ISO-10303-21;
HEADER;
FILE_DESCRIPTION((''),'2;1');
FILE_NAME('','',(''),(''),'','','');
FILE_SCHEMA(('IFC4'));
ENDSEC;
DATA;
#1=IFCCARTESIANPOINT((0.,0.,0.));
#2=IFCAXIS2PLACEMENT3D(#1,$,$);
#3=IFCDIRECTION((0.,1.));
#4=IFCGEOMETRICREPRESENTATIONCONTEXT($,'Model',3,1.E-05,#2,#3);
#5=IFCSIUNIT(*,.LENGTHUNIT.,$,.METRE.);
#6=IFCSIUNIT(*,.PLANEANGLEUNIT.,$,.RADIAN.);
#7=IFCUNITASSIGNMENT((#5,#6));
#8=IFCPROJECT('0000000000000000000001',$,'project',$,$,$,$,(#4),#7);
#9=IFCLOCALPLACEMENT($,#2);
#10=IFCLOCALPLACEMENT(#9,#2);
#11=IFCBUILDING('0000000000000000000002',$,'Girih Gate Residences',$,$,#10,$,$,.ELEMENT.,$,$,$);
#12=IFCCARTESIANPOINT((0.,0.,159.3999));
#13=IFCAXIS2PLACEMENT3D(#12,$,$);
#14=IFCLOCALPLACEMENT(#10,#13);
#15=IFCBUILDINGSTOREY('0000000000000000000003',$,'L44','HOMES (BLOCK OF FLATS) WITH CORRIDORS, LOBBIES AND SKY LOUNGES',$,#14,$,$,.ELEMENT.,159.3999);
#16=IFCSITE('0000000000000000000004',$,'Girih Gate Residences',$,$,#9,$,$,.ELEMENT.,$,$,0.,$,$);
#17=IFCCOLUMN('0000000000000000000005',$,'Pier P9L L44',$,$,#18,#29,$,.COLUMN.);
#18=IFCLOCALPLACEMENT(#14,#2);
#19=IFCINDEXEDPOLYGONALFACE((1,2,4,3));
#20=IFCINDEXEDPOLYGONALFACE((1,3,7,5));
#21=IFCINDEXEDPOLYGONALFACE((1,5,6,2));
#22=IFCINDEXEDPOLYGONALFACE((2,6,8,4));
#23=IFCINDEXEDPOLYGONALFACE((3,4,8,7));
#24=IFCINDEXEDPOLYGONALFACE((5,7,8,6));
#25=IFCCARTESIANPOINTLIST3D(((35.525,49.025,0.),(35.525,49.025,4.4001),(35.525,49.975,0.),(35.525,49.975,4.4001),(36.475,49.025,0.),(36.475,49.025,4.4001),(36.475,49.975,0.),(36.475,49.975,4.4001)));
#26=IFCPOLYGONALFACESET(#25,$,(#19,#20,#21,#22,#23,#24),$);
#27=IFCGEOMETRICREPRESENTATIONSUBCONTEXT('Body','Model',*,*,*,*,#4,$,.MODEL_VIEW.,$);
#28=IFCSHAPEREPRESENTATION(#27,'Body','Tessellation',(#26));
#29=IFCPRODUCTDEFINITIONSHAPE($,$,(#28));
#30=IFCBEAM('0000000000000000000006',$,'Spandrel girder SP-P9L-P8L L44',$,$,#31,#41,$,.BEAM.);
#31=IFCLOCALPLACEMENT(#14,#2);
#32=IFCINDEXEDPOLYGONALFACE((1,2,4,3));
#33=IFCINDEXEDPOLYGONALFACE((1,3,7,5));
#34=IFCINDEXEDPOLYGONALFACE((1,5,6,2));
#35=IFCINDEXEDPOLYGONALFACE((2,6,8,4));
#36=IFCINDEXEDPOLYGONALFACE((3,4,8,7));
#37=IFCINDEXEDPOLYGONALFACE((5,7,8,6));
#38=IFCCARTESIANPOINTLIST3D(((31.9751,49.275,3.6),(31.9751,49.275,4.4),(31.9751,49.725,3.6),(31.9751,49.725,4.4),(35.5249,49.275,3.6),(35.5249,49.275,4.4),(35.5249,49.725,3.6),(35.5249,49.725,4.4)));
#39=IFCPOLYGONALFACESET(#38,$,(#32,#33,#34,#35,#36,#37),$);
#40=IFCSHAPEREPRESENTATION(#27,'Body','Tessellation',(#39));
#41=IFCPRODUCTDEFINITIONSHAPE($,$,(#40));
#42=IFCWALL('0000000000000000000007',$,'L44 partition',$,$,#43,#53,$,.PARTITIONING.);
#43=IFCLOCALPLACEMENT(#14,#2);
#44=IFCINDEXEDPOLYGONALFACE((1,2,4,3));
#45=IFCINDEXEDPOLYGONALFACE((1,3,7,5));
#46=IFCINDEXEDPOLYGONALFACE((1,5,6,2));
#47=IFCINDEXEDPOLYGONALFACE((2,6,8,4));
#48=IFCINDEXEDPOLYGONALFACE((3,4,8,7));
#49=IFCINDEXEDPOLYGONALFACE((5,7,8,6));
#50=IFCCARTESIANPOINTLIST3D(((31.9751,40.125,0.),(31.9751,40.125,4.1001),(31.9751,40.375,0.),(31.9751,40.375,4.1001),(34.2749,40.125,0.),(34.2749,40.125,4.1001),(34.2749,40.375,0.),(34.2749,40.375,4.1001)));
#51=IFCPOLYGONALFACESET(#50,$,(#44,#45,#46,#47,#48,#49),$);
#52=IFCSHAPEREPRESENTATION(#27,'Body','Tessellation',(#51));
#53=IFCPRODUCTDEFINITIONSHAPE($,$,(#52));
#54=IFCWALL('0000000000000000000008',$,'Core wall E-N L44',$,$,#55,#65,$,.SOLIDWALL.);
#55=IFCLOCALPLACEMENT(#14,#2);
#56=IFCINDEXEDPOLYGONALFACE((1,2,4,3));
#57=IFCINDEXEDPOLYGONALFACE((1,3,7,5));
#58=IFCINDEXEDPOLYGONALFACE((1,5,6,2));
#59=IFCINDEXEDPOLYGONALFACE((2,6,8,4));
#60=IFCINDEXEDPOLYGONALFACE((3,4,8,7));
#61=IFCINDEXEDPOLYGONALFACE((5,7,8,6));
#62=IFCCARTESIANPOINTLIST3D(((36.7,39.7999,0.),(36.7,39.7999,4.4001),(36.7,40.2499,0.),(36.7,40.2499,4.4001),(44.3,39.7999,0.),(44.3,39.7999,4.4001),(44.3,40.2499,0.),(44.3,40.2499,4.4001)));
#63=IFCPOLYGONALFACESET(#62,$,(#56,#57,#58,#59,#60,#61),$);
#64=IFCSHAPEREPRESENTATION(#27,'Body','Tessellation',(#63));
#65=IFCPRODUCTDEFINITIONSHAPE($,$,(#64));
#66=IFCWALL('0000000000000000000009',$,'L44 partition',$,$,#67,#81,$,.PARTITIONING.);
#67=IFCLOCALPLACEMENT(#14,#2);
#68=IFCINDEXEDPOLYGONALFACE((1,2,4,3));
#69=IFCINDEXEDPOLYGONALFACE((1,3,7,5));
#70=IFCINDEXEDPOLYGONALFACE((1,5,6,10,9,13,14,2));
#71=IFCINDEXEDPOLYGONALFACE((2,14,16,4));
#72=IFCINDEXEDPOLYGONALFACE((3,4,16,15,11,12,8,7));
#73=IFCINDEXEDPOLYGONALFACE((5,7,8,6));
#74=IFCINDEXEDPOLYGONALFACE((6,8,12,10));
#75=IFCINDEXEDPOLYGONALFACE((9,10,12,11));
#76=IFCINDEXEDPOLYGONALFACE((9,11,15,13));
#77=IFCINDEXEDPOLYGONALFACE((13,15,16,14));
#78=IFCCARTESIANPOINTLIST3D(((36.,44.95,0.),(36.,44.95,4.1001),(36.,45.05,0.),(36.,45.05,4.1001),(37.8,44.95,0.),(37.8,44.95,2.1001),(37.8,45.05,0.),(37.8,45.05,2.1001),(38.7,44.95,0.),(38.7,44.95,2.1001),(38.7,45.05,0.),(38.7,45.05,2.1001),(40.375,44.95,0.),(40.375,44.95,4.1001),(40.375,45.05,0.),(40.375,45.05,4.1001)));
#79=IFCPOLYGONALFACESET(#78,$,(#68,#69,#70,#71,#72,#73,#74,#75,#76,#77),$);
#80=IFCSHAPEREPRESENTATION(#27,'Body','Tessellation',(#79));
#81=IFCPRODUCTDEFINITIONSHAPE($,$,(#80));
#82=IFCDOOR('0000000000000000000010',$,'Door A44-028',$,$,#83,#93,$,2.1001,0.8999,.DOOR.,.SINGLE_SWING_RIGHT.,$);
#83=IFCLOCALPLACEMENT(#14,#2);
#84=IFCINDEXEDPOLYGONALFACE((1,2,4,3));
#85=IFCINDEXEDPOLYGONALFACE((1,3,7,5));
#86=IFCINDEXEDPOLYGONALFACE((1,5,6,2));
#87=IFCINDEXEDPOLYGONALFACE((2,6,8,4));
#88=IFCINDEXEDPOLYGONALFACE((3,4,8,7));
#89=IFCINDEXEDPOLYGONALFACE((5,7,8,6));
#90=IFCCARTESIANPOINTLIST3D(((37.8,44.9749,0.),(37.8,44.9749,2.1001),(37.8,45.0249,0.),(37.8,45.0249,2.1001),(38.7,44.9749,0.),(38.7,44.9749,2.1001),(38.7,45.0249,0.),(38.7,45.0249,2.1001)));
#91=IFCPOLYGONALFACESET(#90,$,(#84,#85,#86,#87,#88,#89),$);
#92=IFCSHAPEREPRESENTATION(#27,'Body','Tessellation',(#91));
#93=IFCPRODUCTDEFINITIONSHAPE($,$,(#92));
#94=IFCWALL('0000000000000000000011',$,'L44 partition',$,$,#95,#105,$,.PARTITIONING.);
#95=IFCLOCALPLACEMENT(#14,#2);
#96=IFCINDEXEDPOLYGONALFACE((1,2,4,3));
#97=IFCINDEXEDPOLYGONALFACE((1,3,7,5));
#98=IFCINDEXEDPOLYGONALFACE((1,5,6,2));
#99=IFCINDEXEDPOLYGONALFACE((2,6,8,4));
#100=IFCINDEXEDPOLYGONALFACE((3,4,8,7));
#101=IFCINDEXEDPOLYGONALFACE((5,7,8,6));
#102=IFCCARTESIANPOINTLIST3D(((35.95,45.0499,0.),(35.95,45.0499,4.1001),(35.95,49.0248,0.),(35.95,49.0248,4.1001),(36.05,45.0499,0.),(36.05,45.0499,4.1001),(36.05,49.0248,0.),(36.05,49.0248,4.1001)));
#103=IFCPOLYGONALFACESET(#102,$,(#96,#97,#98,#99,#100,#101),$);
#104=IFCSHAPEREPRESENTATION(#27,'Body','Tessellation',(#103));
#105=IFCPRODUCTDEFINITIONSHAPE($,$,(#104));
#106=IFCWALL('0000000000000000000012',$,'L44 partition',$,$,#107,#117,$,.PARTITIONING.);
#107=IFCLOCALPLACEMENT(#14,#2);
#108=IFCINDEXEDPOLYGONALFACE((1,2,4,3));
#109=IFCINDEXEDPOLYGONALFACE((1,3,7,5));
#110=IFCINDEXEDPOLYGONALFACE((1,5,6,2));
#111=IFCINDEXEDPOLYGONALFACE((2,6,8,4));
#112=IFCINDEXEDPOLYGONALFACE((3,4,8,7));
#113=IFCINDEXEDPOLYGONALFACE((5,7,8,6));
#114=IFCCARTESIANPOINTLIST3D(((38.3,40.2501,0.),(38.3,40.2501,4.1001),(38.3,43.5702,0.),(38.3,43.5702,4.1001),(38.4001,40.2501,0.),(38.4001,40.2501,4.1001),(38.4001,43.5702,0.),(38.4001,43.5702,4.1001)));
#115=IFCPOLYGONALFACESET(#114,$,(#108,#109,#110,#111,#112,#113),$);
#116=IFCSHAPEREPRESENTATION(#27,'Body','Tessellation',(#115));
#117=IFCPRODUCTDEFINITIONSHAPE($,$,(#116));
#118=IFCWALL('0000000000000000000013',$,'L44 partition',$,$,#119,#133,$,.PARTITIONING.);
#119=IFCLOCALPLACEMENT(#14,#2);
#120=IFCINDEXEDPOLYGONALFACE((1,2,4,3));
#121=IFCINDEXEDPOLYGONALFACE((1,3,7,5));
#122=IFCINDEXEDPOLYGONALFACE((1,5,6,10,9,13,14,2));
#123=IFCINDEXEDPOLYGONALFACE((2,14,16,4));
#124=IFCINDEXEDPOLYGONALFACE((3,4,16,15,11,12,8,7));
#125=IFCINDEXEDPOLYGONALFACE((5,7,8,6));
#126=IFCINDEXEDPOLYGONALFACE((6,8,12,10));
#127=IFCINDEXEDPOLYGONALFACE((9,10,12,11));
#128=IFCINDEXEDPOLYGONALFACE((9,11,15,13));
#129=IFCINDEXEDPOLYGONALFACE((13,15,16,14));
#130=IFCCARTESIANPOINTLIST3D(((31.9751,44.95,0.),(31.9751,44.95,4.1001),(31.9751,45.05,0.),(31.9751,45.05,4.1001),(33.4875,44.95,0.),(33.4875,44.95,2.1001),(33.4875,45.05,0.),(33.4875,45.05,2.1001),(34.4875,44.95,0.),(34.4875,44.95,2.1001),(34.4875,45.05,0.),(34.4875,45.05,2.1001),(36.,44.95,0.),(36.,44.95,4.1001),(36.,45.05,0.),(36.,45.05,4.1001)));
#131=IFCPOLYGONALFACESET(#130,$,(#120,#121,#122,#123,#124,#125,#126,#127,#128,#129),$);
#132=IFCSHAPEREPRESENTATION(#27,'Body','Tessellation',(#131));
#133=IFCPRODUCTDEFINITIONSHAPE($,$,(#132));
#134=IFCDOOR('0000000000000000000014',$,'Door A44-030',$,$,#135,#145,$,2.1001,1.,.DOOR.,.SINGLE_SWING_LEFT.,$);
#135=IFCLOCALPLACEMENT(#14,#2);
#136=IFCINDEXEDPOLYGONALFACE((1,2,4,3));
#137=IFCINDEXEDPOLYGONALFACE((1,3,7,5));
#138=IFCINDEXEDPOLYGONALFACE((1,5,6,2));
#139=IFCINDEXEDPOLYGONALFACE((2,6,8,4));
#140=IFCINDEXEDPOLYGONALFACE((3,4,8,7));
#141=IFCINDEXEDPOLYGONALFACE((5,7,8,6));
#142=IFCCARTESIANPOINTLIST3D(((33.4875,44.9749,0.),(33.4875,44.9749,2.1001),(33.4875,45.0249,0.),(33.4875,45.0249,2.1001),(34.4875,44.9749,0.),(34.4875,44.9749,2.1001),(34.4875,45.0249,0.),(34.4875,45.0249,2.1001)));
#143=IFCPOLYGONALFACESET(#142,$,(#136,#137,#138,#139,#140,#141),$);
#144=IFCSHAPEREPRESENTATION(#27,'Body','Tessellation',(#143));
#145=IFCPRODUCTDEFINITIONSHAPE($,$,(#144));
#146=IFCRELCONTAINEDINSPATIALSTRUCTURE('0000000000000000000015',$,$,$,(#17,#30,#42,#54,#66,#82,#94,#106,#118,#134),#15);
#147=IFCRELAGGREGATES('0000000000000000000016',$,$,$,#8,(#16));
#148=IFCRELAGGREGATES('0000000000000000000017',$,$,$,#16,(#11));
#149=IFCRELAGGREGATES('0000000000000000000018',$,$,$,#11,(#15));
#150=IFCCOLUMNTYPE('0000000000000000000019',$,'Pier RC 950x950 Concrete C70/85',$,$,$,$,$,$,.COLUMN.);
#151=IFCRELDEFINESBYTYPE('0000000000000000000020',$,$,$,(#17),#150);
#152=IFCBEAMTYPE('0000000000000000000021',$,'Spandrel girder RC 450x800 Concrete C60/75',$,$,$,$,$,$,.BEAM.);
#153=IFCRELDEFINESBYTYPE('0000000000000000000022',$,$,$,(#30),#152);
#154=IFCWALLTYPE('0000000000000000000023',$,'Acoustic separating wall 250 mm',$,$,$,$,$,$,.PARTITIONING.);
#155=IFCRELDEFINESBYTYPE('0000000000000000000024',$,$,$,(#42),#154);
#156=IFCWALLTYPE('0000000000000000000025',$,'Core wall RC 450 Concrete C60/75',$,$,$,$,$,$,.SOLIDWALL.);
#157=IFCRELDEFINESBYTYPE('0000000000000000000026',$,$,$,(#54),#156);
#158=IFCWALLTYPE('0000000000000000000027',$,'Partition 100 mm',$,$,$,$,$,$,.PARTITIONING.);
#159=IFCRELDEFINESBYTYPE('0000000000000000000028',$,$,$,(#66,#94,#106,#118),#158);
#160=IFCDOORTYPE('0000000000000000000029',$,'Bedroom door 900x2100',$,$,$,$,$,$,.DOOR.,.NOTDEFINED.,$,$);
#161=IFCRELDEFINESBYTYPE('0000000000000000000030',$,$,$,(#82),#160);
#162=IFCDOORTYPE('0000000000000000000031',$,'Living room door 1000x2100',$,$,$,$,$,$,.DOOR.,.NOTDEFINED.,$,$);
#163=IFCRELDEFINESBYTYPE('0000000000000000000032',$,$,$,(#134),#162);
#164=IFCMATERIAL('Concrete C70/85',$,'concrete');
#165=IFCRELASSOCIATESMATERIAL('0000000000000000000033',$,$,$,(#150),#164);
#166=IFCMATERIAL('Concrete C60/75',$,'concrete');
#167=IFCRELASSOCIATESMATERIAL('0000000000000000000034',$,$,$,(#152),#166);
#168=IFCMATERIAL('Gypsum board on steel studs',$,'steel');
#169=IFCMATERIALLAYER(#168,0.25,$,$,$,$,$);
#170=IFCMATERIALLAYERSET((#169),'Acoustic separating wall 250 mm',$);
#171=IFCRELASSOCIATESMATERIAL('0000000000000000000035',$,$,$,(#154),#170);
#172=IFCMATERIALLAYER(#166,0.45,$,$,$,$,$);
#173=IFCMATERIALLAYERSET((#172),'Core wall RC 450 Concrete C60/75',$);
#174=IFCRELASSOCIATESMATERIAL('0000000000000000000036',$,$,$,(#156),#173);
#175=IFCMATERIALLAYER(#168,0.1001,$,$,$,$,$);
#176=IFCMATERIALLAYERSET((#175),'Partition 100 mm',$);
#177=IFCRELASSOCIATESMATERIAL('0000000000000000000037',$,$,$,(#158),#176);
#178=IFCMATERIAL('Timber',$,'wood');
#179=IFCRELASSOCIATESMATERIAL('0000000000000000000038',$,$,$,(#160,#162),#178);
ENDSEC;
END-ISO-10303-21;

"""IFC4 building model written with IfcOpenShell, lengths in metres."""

from ifc_helpers import new_model, si_unit, direction, frame, frame_2d, origin, origin_2d, place, context, subcontext, project, spatial, rectangle, extrude, material, layer, layer_set, material_profile, profile_set, type_object, element, fill, save


model = new_model("IFC4")

# Units and contexts
model_context = context("Model", 3, precision=1e-05, world=origin(), true_north=direction((0.0, 1.0)))
body_context = subcontext(model_context, "Body", "Model", "MODEL_VIEW")
ifc_project = project(units=[si_unit("LENGTHUNIT", "METRE"), si_unit("PLANEANGLEUNIT", "RADIAN")], contexts=[model_context])

# Site, building, storey
site_placement = place(None, origin())
site = spatial("IfcSite", under=ifc_project, at=site_placement, Name="Girih Gate Residences", CompositionType="ELEMENT", RefElevation=0.0)
building_placement = place(site_placement, origin())
building = spatial("IfcBuilding", under=site, at=building_placement, Name="Girih Gate Residences", CompositionType="ELEMENT")
storey_placement = place(building_placement, frame((0.0, 0.0, 159.3999)))
storey = spatial("IfcBuildingStorey", under=building, at=storey_placement, Name="L44", Description="HOMES (BLOCK OF FLATS) WITH CORRIDORS, LOBBIES AND SKY LOUNGES", CompositionType="ELEMENT", Elevation=159.3999)

# Column
ifc_material_1 = material(Name="Concrete C70/85", Category="concrete")
ifc_material_profile_1 = material_profile(ifc_material_1, rectangle(XDim=0.95, YDim=0.95, at=origin_2d()))
ifc_profile_set_1 = profile_set([ifc_material_profile_1], Name="Concrete C70/85")
column_type = type_object("IfcColumnType", Name="Pier RC 950x950 Concrete C70/85", PredefinedType="COLUMN", material=ifc_profile_set_1)
column_placement = place(storey_placement, frame((36.0, 49.5, 0.0), z_axis=(0.0, 0.0, 1.0), x_axis=(1.0, 0.0, 0.0)))
element("IfcColumn", 1, at=column_placement, inside=storey, type_object=column_type, Name="Pier P9L L44", PredefinedType="COLUMN", context=body_context, shape_type="SweptSolid", body=[
    extrude(rectangle(XDim=0.95, YDim=0.95, at=origin_2d()), origin(), (0.0, 0.0, 1.0), 4.4001),
])

# Beam
ifc_material_2 = material(Name="Concrete C60/75", Category="concrete")
ifc_material_profile_2 = material_profile(ifc_material_2, rectangle(XDim=0.45, YDim=0.8, at=origin_2d()))
ifc_profile_set_2 = profile_set([ifc_material_profile_2], Name="Concrete C60/75")
beam_type = type_object("IfcBeamType", Name="Spandrel girder RC 450x800 Concrete C60/75", PredefinedType="BEAM", material=ifc_profile_set_2)
beam_placement = place(storey_placement, frame((35.5249, 49.5, 4.0), z_axis=(-1.0, 0.0, 0.0), x_axis=(0.0, -1.0, 0.0)))
element("IfcBeam", 2, at=beam_placement, inside=storey, type_object=beam_type, Name="Spandrel girder SP-P9L-P8L L44", PredefinedType="BEAM", context=body_context, shape_type="SweptSolid", body=[
    extrude(rectangle(XDim=0.45, YDim=0.8, at=origin_2d()), origin(), (0.0, 0.0, 1.0), 3.5498),
])

# Wall
ifc_material_3 = material(Name="Gypsum board on steel studs", Category="steel")
ifc_layer_1 = layer(ifc_material_3, 0.25)
ifc_layer_set_1 = layer_set([ifc_layer_1], Name="Acoustic separating wall 250 mm")
wall_type_1 = type_object("IfcWallType", Name="Acoustic separating wall 250 mm", PredefinedType="PARTITIONING", material=ifc_layer_set_1)
wall_1_placement = place(storey_placement, frame((31.9751, 40.25, 0.0), z_axis=(0.0, 0.0, 1.0), x_axis=(1.0, 0.0, 0.0)))
element("IfcWall", 3, at=wall_1_placement, inside=storey, type_object=wall_type_1, Name="L44 partition", PredefinedType="PARTITIONING", context=body_context, shape_type="SweptSolid", body=[
    extrude(rectangle(XDim=2.2998, YDim=0.25, at=frame_2d((1.1499, 0.0))), origin(), (0.0, 0.0, 1.0), 4.1001),
])

# Wall
ifc_layer_2 = layer(ifc_material_2, 0.45)
ifc_layer_set_2 = layer_set([ifc_layer_2], Name="Core wall RC 450 Concrete C60/75")
wall_type_2 = type_object("IfcWallType", Name="Core wall RC 450 Concrete C60/75", PredefinedType="SOLIDWALL", material=ifc_layer_set_2)
wall_2_placement = place(storey_placement, frame((36.7, 40.0249, 0.0), z_axis=(0.0, 0.0, 1.0), x_axis=(1.0, 0.0, 0.0)))
element("IfcWall", 4, at=wall_2_placement, inside=storey, type_object=wall_type_2, Name="Core wall E-N L44", PredefinedType="SOLIDWALL", context=body_context, shape_type="SweptSolid", body=[
    extrude(rectangle(XDim=7.6001, YDim=0.45, at=frame_2d((3.8, 0.0))), origin(), (0.0, 0.0, 1.0), 4.4001),
])

# Wall, opening, door
ifc_layer_3 = layer(ifc_material_3, 0.1001)
ifc_layer_set_3 = layer_set([ifc_layer_3], Name="Partition 100 mm")
wall_type_3 = type_object("IfcWallType", Name="Partition 100 mm", PredefinedType="PARTITIONING", material=ifc_layer_set_3)
wall_3_placement = place(storey_placement, frame((36.0, 45.0, 0.0), z_axis=(0.0, 0.0, 1.0), x_axis=(1.0, 0.0, 0.0)))
wall_3 = element("IfcWall", 5, at=wall_3_placement, inside=storey, type_object=wall_type_3, Name="L44 partition", PredefinedType="PARTITIONING", context=body_context, shape_type="SweptSolid", body=[
    extrude(rectangle(XDim=4.375, YDim=0.1001, at=frame_2d((2.1875, 0.0))), origin(), (0.0, 0.0, 1.0), 4.1001),
])
opening_1_placement = place(wall_3_placement, frame((1.8, 0.0, 0.0)))
opening_1 = element("IfcOpeningElement", 6, at=opening_1_placement, cuts=wall_3, PredefinedType="OPENING", context=body_context, shape_type="SweptSolid", body=[
    extrude(rectangle(XDim=0.8999, YDim=2.1001, at=frame_2d((0.45, 1.05))), frame((0.0, 0.0601, 0.0), z_axis=(0.0, -1.0, 0.0), x_axis=(1.0, 0.0, 0.0)), (0.0, 0.0, 1.0), 0.1201),
])
ifc_material_4 = material(Name="Timber", Category="wood")
door_type_1 = type_object("IfcDoorType", Name="Bedroom door 900x2100", OperationType="NOTDEFINED", PredefinedType="DOOR", material=ifc_material_4)
door_1_placement = place(opening_1_placement, origin())
door_1 = element("IfcDoor", 7, at=door_1_placement, inside=storey, type_object=door_type_1, Name="Door A44-028", OperationType="SINGLE_SWING_RIGHT", OverallHeight=2.1001, OverallWidth=0.8999, PredefinedType="DOOR", context=body_context, shape_type="SweptSolid", body=[
    extrude(rectangle(XDim=0.8999, YDim=2.1001, at=frame_2d((0.45, 1.05))), frame((0.0, 0.0249, 0.0), z_axis=(0.0, -1.0, 0.0), x_axis=(1.0, 0.0, 0.0)), (0.0, 0.0, 1.0), 0.05),
])
fill(opening_1, door_1)

# Walls
wall_4_placement = place(storey_placement, frame((36.0, 45.05, 0.0), z_axis=(0.0, 0.0, 1.0), x_axis=(0.0, 1.0, 0.0)))
element("IfcWall", 8, at=wall_4_placement, inside=storey, type_object=wall_type_3, Name="L44 partition", PredefinedType="PARTITIONING", context=body_context, shape_type="SweptSolid", body=[
    extrude(rectangle(XDim=3.9749, YDim=0.1001, at=frame_2d((1.9873, 0.0))), origin(), (0.0, 0.0, 1.0), 4.1001),
])
wall_5_placement = place(storey_placement, frame((38.3501, 40.25, 0.0), z_axis=(0.0, 0.0, 1.0), x_axis=(0.0, 1.0, 0.0)))
element("IfcWall", 9, at=wall_5_placement, inside=storey, type_object=wall_type_3, Name="L44 partition", PredefinedType="PARTITIONING", context=body_context, shape_type="SweptSolid", body=[
    extrude(rectangle(XDim=3.3201, YDim=0.1001, at=frame_2d((1.6602, 0.0))), origin(), (0.0, 0.0, 1.0), 4.1001),
])

# Wall, opening, door
wall_6_placement = place(storey_placement, frame((31.9751, 45.0, 0.0), z_axis=(0.0, 0.0, 1.0), x_axis=(1.0, 0.0, 0.0)))
wall_6 = element("IfcWall", 10, at=wall_6_placement, inside=storey, type_object=wall_type_3, Name="L44 partition", PredefinedType="PARTITIONING", context=body_context, shape_type="SweptSolid", body=[
    extrude(rectangle(XDim=4.0249, YDim=0.1001, at=frame_2d((2.0125, 0.0))), origin(), (0.0, 0.0, 1.0), 4.1001),
])
opening_2_placement = place(wall_6_placement, frame((1.5125, 0.0, 0.0)))
opening_2 = element("IfcOpeningElement", 11, at=opening_2_placement, cuts=wall_6, PredefinedType="OPENING", context=body_context, shape_type="SweptSolid", body=[
    extrude(rectangle(XDim=1.0, YDim=2.1001, at=frame_2d((0.5, 1.05))), frame((0.0, 0.0601, 0.0), z_axis=(0.0, -1.0, 0.0), x_axis=(1.0, 0.0, 0.0)), (0.0, 0.0, 1.0), 0.1201),
])
door_type_2 = type_object("IfcDoorType", Name="Living room door 1000x2100", OperationType="NOTDEFINED", PredefinedType="DOOR", material=ifc_material_4)
door_2_placement = place(opening_2_placement, origin())
door_2 = element("IfcDoor", 12, at=door_2_placement, inside=storey, type_object=door_type_2, Name="Door A44-030", OperationType="SINGLE_SWING_LEFT", OverallHeight=2.1001, OverallWidth=1.0, PredefinedType="DOOR", context=body_context, shape_type="SweptSolid", body=[
    extrude(rectangle(XDim=1.0, YDim=2.1001, at=frame_2d((0.5, 1.05))), frame((0.0, 0.0249, 0.0), z_axis=(0.0, -1.0, 0.0), x_axis=(1.0, 0.0, 0.0)), (0.0, 0.0, 1.0), 0.05),
])
fill(opening_2, door_2)

save(model, "model.ifc")
